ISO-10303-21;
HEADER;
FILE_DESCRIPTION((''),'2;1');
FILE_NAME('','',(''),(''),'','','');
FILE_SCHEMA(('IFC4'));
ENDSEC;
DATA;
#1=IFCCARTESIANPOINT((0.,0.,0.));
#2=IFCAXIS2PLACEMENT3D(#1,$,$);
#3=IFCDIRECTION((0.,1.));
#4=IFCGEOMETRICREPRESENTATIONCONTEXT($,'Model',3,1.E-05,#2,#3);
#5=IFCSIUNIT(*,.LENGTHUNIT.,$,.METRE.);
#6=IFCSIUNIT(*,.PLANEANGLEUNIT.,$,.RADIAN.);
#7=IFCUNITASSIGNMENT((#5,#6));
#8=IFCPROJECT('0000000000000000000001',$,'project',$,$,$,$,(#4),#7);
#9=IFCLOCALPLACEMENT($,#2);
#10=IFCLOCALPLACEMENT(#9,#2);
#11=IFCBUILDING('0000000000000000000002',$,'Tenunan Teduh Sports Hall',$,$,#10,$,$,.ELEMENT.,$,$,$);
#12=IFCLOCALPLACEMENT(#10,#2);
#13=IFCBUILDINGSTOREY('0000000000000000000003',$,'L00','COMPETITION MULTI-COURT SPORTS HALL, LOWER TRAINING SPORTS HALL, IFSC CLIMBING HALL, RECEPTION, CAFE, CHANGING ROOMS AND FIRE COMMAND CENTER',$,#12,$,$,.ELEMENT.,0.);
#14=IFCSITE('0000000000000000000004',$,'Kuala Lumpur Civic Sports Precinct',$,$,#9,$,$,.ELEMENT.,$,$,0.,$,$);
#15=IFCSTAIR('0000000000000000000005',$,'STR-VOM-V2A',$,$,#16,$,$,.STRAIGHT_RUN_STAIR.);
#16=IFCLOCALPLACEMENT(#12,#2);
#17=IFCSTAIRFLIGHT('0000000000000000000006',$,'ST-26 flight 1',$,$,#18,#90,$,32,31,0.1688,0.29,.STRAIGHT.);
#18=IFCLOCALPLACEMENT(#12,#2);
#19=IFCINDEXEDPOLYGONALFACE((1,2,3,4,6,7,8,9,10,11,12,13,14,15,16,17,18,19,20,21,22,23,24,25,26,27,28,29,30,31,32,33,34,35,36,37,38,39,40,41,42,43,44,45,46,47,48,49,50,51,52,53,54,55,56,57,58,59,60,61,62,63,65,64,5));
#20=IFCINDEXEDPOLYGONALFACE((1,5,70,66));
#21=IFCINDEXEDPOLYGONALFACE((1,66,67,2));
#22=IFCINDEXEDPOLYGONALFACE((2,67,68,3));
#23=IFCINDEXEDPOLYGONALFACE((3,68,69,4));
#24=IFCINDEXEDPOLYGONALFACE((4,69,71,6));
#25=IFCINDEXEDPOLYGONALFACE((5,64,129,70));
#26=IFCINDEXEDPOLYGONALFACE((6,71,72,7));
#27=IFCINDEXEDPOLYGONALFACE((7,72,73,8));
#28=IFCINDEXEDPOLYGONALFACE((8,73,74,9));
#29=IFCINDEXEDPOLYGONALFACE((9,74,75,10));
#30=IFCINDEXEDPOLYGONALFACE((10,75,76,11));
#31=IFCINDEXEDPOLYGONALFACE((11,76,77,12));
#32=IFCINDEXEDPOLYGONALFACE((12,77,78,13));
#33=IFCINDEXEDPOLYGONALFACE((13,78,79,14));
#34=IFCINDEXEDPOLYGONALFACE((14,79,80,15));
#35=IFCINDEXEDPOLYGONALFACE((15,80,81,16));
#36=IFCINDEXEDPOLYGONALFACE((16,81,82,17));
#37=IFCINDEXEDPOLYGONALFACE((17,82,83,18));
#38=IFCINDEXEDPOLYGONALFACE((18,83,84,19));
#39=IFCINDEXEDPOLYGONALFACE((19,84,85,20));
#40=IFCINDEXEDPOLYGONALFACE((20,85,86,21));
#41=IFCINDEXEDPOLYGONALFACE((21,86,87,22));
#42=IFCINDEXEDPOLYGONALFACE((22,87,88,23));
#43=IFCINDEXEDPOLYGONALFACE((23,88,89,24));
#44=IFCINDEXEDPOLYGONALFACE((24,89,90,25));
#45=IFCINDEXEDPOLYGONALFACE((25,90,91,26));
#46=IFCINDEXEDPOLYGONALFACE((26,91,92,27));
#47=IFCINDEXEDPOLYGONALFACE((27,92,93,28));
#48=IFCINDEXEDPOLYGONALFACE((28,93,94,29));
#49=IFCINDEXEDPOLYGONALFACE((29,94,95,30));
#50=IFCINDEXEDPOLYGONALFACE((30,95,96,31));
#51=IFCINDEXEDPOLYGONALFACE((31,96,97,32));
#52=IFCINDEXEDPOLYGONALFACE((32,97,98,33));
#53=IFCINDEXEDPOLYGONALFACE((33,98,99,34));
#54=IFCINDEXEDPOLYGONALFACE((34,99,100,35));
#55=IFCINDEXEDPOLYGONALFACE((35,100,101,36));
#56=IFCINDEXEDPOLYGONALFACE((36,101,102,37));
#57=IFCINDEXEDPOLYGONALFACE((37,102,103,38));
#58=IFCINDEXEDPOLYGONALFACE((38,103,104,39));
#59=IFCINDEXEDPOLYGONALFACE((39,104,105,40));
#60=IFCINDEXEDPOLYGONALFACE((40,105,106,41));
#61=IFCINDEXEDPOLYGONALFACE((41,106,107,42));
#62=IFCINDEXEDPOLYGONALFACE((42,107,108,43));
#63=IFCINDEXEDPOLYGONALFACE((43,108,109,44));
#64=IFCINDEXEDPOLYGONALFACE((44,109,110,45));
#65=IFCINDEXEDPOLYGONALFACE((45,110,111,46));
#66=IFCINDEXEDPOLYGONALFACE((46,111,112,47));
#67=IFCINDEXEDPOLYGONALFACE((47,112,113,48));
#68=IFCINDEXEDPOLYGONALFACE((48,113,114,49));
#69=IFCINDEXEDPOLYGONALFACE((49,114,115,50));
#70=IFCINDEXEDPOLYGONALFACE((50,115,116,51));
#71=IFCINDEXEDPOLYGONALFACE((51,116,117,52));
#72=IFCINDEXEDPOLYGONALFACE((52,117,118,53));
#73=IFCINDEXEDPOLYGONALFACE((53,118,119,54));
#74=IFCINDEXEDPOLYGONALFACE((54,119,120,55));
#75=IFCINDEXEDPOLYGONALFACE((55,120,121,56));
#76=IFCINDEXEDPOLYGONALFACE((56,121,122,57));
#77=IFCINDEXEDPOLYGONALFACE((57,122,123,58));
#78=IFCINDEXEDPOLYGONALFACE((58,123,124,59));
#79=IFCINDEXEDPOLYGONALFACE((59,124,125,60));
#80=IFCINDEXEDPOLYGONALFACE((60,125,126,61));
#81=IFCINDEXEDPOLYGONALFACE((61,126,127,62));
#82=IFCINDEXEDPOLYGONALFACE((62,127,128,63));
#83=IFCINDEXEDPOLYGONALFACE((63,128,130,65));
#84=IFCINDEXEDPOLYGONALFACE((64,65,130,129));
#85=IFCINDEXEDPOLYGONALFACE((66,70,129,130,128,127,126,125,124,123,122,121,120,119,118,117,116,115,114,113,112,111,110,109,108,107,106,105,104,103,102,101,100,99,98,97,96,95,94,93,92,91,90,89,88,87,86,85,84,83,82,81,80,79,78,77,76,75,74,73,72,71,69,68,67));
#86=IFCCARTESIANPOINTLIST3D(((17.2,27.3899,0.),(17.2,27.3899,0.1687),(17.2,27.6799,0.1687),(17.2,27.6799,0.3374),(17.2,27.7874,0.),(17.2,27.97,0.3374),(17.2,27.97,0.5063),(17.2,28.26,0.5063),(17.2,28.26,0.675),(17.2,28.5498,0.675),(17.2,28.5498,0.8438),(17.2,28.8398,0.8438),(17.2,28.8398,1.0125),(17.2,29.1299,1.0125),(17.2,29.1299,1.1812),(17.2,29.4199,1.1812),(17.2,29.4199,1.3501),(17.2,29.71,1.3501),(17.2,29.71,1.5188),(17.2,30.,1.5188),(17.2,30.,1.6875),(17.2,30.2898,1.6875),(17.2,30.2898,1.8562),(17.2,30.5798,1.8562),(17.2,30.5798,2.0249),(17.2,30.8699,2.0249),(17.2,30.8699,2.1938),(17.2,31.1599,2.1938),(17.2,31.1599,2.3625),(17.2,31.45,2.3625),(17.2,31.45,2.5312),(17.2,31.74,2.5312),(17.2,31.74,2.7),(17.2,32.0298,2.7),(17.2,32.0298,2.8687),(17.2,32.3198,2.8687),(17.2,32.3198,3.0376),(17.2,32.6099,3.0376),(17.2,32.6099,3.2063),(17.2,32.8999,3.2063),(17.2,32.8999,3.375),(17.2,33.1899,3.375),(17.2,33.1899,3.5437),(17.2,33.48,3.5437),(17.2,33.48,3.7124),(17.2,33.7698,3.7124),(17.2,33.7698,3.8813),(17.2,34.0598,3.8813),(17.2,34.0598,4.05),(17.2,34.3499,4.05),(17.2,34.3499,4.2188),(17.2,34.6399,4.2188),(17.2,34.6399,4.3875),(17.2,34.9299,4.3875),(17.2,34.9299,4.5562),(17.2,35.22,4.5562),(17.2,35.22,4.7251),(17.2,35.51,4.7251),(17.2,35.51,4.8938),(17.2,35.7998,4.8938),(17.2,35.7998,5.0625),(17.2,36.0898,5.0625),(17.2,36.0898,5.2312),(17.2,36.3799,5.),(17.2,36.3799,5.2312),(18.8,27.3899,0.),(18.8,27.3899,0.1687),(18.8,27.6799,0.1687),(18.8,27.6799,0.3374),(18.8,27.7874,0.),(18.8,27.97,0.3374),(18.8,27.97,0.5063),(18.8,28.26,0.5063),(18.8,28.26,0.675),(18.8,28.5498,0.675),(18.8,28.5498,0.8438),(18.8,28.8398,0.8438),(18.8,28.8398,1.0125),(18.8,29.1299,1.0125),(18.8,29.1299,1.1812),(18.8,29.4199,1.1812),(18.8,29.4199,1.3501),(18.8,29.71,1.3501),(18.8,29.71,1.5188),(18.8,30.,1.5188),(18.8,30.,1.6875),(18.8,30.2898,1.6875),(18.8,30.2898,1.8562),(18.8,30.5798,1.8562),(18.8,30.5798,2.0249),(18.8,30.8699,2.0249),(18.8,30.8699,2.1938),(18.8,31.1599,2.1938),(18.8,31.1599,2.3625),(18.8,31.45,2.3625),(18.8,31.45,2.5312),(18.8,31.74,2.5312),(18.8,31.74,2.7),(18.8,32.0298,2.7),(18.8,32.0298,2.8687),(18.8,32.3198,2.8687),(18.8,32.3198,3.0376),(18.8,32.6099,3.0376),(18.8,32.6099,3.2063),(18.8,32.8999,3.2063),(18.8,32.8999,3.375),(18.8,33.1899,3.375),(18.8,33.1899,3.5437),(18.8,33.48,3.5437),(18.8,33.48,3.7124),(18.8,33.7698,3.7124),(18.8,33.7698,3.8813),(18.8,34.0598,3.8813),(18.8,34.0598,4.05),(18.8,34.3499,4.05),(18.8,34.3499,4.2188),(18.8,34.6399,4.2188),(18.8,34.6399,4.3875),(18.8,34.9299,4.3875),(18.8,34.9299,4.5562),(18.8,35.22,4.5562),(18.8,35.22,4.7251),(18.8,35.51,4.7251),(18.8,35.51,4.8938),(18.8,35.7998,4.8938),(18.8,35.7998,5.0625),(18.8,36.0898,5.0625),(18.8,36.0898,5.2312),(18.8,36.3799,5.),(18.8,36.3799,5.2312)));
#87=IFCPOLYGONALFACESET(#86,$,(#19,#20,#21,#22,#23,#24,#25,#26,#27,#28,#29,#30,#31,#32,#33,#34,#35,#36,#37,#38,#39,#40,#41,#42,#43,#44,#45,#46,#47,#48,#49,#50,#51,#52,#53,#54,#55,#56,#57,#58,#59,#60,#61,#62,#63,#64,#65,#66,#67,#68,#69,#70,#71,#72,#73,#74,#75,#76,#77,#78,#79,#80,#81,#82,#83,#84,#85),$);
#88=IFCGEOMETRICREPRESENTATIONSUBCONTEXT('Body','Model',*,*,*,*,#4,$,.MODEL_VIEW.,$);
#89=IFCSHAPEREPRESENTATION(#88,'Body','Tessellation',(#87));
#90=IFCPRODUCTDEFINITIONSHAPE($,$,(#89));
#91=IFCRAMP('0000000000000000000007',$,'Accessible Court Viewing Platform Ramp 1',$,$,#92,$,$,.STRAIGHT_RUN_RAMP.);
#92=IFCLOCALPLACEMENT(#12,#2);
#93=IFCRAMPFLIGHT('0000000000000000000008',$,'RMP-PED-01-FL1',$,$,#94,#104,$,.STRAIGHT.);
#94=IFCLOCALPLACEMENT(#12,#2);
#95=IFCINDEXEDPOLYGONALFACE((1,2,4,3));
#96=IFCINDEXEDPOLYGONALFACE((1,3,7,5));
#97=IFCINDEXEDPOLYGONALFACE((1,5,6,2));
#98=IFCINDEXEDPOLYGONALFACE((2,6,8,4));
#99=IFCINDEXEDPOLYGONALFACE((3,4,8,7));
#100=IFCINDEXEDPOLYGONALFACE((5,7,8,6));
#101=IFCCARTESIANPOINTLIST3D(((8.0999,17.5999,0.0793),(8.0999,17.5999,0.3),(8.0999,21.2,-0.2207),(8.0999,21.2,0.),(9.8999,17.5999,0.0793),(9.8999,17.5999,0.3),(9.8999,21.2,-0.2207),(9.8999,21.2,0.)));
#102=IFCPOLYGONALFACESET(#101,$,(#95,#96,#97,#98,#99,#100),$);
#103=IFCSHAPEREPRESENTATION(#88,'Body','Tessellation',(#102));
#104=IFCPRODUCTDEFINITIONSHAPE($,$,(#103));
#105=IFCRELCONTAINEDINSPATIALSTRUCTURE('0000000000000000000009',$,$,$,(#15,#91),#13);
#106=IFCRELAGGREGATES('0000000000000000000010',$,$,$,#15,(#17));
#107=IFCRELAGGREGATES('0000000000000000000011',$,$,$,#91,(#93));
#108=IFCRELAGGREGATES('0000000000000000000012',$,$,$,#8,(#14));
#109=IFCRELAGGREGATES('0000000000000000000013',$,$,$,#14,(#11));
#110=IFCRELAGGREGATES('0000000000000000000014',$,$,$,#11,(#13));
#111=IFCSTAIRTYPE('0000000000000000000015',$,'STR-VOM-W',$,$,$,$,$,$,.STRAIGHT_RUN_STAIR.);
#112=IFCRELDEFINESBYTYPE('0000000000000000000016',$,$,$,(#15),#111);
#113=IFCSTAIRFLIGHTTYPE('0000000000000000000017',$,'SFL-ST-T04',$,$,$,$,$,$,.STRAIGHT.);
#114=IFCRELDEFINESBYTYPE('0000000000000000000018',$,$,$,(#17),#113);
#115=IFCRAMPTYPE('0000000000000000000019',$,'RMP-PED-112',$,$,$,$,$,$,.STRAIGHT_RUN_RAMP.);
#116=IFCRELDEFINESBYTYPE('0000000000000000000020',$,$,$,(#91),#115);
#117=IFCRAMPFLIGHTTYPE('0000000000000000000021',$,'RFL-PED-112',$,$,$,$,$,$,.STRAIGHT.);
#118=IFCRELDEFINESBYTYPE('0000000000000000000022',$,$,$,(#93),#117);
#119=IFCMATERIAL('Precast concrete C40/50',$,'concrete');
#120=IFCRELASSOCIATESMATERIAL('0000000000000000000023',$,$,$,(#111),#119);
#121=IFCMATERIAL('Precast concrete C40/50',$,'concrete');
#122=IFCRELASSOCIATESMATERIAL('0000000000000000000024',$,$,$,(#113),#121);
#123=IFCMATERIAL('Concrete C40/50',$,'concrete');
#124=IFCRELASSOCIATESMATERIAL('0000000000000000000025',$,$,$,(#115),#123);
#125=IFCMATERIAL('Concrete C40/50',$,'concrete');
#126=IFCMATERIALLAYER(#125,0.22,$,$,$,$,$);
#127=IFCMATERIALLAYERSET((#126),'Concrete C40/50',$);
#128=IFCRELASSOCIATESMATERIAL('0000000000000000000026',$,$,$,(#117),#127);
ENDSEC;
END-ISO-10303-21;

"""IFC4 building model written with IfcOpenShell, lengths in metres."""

from ifc_helpers import new_model, si_unit, direction, frame, origin, place, context, subcontext, project, spatial, polyline, outline, extrude, material, layer, layer_set, type_object, element, aggregate, save


model = new_model("IFC4")

# Units and contexts
model_context = context("Model", 3, precision=1e-05, world=origin(), true_north=direction((0.0, 1.0)))
body_context = subcontext(model_context, "Body", "Model", "MODEL_VIEW")
ifc_project = project(units=[si_unit("LENGTHUNIT", "METRE"), si_unit("PLANEANGLEUNIT", "RADIAN")], contexts=[model_context])

# Site, building, storey
site_placement = place(None, origin())
site = spatial("IfcSite", under=ifc_project, at=site_placement, Name="Kuala Lumpur Civic Sports Precinct", CompositionType="ELEMENT", RefElevation=0.0)
building_placement = place(site_placement, origin())
building = spatial("IfcBuilding", under=site, at=building_placement, Name="Tenunan Teduh Sports Hall", CompositionType="ELEMENT")
storey_placement = place(building_placement, origin())
storey = spatial("IfcBuildingStorey", under=building, at=storey_placement, Name="L00", Description="COMPETITION MULTI-COURT SPORTS HALL, LOWER TRAINING SPORTS HALL, IFSC CLIMBING HALL, RECEPTION, CAFE, CHANGING ROOMS AND FIRE COMMAND CENTER", CompositionType="ELEMENT", Elevation=0.0)

# Stair, stair flight
ifc_material_1 = material(Name="Precast concrete C40/50", Category="concrete")
stair_type = type_object("IfcStairType", Name="STR-VOM-W", PredefinedType="STRAIGHT_RUN_STAIR", material=ifc_material_1)
stair_placement = place(storey_placement, origin())
stair = element("IfcStair", 1, at=stair_placement, inside=storey, type_object=stair_type, Name="STR-VOM-V2A", PredefinedType="STRAIGHT_RUN_STAIR")
ifc_material_2 = material(Name="Precast concrete C40/50", Category="concrete")
stair_flight_type = type_object("IfcStairFlightType", Name="SFL-ST-T04", PredefinedType="STRAIGHT", material=ifc_material_2)
stair_flight_placement = place(storey_placement, frame((18.0, 27.3899, 0.0), z_axis=(0.0, 0.0, 1.0), x_axis=(0.0, 1.0, 0.0)))
stair_flight = element("IfcStairFlight", 2, at=stair_flight_placement, type_object=stair_flight_type, Name="ST-26 flight 1", NumberOfRisers=32, NumberOfTreads=31, PredefinedType="STRAIGHT", RiserHeight=0.1688, TreadLength=0.29, context=body_context, shape_type="SweptSolid", body=[
    extrude(outline(polyline([(0.0, 0.0), (0.0, 0.1687), (0.29, 0.1687), (0.29, 0.3374), (0.5801, 0.3374), (0.5801, 0.5063), (0.8701, 0.5063), (0.8701, 0.675), (1.1599, 0.675), (1.1599, 0.8438), (1.45, 0.8438), (1.45, 1.0125), (1.74, 1.0125), (1.74, 1.1812), (2.03, 1.1812), (2.03, 1.3501), (2.3201, 1.3501), (2.3201, 1.5188), (2.6101, 1.5188), (2.6101, 1.6875), (2.8999, 1.6875), (2.8999, 1.8562), (3.1899, 1.8562), (3.1899, 2.0249), (3.48, 2.0249), (3.48, 2.1938), (3.77, 2.1938), (3.77, 2.3625), (4.0601, 2.3625), (4.0601, 2.5312), (4.3501, 2.5312), (4.3501, 2.7), (4.6399, 2.7), (4.6399, 2.8687), (4.9299, 2.8687), (4.9299, 3.0376), (5.22, 3.0376), (5.22, 3.2063), (5.51, 3.2063), (5.51, 3.375), (5.8, 3.375), (5.8, 3.5437), (6.0901, 3.5437), (6.0901, 3.7124), (6.3799, 3.7124), (6.3799, 3.8813), (6.6699, 3.8813), (6.6699, 4.05), (6.96, 4.05), (6.96, 4.2188), (7.25, 4.2188), (7.25, 4.3875), (7.54, 4.3875), (7.54, 4.5562), (7.8301, 4.5562), (7.8301, 4.7251), (8.1201, 4.7251), (8.1201, 4.8938), (8.4099, 4.8938), (8.4099, 5.0625), (8.7, 5.0625), (8.7, 5.2312), (8.99, 5.2312), (8.99, 5.3999), (8.99, 5.0), (0.3975, 0.0), (0.0, 0.0)])), frame((0.0, 0.8, 0.0), z_axis=(0.0, -1.0, 0.0), x_axis=(1.0, 0.0, 0.0)), (0.0, 0.0, 1.0), 1.6001),
])

# Ramp, ramp flight
ifc_material_3 = material(Name="Concrete C40/50", Category="concrete")
ramp_type = type_object("IfcRampType", Name="RMP-PED-112", PredefinedType="STRAIGHT_RUN_RAMP", material=ifc_material_3)
ramp_placement = place(storey_placement, origin())
ramp = element("IfcRamp", 3, at=ramp_placement, inside=storey, type_object=ramp_type, Name="Accessible Court Viewing Platform Ramp 1", PredefinedType="STRAIGHT_RUN_RAMP")
ifc_material_4 = material(Name="Concrete C40/50", Category="concrete")
ifc_layer_1 = layer(ifc_material_4, 0.22)
ifc_layer_set_1 = layer_set([ifc_layer_1], Name="Concrete C40/50")
ramp_flight_type = type_object("IfcRampFlightType", Name="RFL-PED-112", PredefinedType="STRAIGHT", material=ifc_layer_set_1)
ramp_flight_placement = place(storey_placement, frame((9.0, 21.2, 0.0), z_axis=(0.0, 0.0, 1.0), x_axis=(0.0, -1.0, 0.0)))
ramp_flight = element("IfcRampFlight", 4, at=ramp_flight_placement, type_object=ramp_flight_type, Name="RMP-PED-01-FL1", PredefinedType="STRAIGHT", context=body_context, shape_type="SweptSolid", body=[
    extrude(outline(polyline([(0.0, 0.0), (3.6001, 0.3), (3.6001, 0.0793), (0.0, -0.2207), (0.0, 0.0)])), frame((0.0, 0.8999, 0.0), z_axis=(0.0, -1.0, 0.0), x_axis=(1.0, 0.0, 0.0)), (0.0, 0.0, 1.0), 1.8),
])

aggregate(stair, [stair_flight])
aggregate(ramp, [ramp_flight])

save(model, "model.ifc")
